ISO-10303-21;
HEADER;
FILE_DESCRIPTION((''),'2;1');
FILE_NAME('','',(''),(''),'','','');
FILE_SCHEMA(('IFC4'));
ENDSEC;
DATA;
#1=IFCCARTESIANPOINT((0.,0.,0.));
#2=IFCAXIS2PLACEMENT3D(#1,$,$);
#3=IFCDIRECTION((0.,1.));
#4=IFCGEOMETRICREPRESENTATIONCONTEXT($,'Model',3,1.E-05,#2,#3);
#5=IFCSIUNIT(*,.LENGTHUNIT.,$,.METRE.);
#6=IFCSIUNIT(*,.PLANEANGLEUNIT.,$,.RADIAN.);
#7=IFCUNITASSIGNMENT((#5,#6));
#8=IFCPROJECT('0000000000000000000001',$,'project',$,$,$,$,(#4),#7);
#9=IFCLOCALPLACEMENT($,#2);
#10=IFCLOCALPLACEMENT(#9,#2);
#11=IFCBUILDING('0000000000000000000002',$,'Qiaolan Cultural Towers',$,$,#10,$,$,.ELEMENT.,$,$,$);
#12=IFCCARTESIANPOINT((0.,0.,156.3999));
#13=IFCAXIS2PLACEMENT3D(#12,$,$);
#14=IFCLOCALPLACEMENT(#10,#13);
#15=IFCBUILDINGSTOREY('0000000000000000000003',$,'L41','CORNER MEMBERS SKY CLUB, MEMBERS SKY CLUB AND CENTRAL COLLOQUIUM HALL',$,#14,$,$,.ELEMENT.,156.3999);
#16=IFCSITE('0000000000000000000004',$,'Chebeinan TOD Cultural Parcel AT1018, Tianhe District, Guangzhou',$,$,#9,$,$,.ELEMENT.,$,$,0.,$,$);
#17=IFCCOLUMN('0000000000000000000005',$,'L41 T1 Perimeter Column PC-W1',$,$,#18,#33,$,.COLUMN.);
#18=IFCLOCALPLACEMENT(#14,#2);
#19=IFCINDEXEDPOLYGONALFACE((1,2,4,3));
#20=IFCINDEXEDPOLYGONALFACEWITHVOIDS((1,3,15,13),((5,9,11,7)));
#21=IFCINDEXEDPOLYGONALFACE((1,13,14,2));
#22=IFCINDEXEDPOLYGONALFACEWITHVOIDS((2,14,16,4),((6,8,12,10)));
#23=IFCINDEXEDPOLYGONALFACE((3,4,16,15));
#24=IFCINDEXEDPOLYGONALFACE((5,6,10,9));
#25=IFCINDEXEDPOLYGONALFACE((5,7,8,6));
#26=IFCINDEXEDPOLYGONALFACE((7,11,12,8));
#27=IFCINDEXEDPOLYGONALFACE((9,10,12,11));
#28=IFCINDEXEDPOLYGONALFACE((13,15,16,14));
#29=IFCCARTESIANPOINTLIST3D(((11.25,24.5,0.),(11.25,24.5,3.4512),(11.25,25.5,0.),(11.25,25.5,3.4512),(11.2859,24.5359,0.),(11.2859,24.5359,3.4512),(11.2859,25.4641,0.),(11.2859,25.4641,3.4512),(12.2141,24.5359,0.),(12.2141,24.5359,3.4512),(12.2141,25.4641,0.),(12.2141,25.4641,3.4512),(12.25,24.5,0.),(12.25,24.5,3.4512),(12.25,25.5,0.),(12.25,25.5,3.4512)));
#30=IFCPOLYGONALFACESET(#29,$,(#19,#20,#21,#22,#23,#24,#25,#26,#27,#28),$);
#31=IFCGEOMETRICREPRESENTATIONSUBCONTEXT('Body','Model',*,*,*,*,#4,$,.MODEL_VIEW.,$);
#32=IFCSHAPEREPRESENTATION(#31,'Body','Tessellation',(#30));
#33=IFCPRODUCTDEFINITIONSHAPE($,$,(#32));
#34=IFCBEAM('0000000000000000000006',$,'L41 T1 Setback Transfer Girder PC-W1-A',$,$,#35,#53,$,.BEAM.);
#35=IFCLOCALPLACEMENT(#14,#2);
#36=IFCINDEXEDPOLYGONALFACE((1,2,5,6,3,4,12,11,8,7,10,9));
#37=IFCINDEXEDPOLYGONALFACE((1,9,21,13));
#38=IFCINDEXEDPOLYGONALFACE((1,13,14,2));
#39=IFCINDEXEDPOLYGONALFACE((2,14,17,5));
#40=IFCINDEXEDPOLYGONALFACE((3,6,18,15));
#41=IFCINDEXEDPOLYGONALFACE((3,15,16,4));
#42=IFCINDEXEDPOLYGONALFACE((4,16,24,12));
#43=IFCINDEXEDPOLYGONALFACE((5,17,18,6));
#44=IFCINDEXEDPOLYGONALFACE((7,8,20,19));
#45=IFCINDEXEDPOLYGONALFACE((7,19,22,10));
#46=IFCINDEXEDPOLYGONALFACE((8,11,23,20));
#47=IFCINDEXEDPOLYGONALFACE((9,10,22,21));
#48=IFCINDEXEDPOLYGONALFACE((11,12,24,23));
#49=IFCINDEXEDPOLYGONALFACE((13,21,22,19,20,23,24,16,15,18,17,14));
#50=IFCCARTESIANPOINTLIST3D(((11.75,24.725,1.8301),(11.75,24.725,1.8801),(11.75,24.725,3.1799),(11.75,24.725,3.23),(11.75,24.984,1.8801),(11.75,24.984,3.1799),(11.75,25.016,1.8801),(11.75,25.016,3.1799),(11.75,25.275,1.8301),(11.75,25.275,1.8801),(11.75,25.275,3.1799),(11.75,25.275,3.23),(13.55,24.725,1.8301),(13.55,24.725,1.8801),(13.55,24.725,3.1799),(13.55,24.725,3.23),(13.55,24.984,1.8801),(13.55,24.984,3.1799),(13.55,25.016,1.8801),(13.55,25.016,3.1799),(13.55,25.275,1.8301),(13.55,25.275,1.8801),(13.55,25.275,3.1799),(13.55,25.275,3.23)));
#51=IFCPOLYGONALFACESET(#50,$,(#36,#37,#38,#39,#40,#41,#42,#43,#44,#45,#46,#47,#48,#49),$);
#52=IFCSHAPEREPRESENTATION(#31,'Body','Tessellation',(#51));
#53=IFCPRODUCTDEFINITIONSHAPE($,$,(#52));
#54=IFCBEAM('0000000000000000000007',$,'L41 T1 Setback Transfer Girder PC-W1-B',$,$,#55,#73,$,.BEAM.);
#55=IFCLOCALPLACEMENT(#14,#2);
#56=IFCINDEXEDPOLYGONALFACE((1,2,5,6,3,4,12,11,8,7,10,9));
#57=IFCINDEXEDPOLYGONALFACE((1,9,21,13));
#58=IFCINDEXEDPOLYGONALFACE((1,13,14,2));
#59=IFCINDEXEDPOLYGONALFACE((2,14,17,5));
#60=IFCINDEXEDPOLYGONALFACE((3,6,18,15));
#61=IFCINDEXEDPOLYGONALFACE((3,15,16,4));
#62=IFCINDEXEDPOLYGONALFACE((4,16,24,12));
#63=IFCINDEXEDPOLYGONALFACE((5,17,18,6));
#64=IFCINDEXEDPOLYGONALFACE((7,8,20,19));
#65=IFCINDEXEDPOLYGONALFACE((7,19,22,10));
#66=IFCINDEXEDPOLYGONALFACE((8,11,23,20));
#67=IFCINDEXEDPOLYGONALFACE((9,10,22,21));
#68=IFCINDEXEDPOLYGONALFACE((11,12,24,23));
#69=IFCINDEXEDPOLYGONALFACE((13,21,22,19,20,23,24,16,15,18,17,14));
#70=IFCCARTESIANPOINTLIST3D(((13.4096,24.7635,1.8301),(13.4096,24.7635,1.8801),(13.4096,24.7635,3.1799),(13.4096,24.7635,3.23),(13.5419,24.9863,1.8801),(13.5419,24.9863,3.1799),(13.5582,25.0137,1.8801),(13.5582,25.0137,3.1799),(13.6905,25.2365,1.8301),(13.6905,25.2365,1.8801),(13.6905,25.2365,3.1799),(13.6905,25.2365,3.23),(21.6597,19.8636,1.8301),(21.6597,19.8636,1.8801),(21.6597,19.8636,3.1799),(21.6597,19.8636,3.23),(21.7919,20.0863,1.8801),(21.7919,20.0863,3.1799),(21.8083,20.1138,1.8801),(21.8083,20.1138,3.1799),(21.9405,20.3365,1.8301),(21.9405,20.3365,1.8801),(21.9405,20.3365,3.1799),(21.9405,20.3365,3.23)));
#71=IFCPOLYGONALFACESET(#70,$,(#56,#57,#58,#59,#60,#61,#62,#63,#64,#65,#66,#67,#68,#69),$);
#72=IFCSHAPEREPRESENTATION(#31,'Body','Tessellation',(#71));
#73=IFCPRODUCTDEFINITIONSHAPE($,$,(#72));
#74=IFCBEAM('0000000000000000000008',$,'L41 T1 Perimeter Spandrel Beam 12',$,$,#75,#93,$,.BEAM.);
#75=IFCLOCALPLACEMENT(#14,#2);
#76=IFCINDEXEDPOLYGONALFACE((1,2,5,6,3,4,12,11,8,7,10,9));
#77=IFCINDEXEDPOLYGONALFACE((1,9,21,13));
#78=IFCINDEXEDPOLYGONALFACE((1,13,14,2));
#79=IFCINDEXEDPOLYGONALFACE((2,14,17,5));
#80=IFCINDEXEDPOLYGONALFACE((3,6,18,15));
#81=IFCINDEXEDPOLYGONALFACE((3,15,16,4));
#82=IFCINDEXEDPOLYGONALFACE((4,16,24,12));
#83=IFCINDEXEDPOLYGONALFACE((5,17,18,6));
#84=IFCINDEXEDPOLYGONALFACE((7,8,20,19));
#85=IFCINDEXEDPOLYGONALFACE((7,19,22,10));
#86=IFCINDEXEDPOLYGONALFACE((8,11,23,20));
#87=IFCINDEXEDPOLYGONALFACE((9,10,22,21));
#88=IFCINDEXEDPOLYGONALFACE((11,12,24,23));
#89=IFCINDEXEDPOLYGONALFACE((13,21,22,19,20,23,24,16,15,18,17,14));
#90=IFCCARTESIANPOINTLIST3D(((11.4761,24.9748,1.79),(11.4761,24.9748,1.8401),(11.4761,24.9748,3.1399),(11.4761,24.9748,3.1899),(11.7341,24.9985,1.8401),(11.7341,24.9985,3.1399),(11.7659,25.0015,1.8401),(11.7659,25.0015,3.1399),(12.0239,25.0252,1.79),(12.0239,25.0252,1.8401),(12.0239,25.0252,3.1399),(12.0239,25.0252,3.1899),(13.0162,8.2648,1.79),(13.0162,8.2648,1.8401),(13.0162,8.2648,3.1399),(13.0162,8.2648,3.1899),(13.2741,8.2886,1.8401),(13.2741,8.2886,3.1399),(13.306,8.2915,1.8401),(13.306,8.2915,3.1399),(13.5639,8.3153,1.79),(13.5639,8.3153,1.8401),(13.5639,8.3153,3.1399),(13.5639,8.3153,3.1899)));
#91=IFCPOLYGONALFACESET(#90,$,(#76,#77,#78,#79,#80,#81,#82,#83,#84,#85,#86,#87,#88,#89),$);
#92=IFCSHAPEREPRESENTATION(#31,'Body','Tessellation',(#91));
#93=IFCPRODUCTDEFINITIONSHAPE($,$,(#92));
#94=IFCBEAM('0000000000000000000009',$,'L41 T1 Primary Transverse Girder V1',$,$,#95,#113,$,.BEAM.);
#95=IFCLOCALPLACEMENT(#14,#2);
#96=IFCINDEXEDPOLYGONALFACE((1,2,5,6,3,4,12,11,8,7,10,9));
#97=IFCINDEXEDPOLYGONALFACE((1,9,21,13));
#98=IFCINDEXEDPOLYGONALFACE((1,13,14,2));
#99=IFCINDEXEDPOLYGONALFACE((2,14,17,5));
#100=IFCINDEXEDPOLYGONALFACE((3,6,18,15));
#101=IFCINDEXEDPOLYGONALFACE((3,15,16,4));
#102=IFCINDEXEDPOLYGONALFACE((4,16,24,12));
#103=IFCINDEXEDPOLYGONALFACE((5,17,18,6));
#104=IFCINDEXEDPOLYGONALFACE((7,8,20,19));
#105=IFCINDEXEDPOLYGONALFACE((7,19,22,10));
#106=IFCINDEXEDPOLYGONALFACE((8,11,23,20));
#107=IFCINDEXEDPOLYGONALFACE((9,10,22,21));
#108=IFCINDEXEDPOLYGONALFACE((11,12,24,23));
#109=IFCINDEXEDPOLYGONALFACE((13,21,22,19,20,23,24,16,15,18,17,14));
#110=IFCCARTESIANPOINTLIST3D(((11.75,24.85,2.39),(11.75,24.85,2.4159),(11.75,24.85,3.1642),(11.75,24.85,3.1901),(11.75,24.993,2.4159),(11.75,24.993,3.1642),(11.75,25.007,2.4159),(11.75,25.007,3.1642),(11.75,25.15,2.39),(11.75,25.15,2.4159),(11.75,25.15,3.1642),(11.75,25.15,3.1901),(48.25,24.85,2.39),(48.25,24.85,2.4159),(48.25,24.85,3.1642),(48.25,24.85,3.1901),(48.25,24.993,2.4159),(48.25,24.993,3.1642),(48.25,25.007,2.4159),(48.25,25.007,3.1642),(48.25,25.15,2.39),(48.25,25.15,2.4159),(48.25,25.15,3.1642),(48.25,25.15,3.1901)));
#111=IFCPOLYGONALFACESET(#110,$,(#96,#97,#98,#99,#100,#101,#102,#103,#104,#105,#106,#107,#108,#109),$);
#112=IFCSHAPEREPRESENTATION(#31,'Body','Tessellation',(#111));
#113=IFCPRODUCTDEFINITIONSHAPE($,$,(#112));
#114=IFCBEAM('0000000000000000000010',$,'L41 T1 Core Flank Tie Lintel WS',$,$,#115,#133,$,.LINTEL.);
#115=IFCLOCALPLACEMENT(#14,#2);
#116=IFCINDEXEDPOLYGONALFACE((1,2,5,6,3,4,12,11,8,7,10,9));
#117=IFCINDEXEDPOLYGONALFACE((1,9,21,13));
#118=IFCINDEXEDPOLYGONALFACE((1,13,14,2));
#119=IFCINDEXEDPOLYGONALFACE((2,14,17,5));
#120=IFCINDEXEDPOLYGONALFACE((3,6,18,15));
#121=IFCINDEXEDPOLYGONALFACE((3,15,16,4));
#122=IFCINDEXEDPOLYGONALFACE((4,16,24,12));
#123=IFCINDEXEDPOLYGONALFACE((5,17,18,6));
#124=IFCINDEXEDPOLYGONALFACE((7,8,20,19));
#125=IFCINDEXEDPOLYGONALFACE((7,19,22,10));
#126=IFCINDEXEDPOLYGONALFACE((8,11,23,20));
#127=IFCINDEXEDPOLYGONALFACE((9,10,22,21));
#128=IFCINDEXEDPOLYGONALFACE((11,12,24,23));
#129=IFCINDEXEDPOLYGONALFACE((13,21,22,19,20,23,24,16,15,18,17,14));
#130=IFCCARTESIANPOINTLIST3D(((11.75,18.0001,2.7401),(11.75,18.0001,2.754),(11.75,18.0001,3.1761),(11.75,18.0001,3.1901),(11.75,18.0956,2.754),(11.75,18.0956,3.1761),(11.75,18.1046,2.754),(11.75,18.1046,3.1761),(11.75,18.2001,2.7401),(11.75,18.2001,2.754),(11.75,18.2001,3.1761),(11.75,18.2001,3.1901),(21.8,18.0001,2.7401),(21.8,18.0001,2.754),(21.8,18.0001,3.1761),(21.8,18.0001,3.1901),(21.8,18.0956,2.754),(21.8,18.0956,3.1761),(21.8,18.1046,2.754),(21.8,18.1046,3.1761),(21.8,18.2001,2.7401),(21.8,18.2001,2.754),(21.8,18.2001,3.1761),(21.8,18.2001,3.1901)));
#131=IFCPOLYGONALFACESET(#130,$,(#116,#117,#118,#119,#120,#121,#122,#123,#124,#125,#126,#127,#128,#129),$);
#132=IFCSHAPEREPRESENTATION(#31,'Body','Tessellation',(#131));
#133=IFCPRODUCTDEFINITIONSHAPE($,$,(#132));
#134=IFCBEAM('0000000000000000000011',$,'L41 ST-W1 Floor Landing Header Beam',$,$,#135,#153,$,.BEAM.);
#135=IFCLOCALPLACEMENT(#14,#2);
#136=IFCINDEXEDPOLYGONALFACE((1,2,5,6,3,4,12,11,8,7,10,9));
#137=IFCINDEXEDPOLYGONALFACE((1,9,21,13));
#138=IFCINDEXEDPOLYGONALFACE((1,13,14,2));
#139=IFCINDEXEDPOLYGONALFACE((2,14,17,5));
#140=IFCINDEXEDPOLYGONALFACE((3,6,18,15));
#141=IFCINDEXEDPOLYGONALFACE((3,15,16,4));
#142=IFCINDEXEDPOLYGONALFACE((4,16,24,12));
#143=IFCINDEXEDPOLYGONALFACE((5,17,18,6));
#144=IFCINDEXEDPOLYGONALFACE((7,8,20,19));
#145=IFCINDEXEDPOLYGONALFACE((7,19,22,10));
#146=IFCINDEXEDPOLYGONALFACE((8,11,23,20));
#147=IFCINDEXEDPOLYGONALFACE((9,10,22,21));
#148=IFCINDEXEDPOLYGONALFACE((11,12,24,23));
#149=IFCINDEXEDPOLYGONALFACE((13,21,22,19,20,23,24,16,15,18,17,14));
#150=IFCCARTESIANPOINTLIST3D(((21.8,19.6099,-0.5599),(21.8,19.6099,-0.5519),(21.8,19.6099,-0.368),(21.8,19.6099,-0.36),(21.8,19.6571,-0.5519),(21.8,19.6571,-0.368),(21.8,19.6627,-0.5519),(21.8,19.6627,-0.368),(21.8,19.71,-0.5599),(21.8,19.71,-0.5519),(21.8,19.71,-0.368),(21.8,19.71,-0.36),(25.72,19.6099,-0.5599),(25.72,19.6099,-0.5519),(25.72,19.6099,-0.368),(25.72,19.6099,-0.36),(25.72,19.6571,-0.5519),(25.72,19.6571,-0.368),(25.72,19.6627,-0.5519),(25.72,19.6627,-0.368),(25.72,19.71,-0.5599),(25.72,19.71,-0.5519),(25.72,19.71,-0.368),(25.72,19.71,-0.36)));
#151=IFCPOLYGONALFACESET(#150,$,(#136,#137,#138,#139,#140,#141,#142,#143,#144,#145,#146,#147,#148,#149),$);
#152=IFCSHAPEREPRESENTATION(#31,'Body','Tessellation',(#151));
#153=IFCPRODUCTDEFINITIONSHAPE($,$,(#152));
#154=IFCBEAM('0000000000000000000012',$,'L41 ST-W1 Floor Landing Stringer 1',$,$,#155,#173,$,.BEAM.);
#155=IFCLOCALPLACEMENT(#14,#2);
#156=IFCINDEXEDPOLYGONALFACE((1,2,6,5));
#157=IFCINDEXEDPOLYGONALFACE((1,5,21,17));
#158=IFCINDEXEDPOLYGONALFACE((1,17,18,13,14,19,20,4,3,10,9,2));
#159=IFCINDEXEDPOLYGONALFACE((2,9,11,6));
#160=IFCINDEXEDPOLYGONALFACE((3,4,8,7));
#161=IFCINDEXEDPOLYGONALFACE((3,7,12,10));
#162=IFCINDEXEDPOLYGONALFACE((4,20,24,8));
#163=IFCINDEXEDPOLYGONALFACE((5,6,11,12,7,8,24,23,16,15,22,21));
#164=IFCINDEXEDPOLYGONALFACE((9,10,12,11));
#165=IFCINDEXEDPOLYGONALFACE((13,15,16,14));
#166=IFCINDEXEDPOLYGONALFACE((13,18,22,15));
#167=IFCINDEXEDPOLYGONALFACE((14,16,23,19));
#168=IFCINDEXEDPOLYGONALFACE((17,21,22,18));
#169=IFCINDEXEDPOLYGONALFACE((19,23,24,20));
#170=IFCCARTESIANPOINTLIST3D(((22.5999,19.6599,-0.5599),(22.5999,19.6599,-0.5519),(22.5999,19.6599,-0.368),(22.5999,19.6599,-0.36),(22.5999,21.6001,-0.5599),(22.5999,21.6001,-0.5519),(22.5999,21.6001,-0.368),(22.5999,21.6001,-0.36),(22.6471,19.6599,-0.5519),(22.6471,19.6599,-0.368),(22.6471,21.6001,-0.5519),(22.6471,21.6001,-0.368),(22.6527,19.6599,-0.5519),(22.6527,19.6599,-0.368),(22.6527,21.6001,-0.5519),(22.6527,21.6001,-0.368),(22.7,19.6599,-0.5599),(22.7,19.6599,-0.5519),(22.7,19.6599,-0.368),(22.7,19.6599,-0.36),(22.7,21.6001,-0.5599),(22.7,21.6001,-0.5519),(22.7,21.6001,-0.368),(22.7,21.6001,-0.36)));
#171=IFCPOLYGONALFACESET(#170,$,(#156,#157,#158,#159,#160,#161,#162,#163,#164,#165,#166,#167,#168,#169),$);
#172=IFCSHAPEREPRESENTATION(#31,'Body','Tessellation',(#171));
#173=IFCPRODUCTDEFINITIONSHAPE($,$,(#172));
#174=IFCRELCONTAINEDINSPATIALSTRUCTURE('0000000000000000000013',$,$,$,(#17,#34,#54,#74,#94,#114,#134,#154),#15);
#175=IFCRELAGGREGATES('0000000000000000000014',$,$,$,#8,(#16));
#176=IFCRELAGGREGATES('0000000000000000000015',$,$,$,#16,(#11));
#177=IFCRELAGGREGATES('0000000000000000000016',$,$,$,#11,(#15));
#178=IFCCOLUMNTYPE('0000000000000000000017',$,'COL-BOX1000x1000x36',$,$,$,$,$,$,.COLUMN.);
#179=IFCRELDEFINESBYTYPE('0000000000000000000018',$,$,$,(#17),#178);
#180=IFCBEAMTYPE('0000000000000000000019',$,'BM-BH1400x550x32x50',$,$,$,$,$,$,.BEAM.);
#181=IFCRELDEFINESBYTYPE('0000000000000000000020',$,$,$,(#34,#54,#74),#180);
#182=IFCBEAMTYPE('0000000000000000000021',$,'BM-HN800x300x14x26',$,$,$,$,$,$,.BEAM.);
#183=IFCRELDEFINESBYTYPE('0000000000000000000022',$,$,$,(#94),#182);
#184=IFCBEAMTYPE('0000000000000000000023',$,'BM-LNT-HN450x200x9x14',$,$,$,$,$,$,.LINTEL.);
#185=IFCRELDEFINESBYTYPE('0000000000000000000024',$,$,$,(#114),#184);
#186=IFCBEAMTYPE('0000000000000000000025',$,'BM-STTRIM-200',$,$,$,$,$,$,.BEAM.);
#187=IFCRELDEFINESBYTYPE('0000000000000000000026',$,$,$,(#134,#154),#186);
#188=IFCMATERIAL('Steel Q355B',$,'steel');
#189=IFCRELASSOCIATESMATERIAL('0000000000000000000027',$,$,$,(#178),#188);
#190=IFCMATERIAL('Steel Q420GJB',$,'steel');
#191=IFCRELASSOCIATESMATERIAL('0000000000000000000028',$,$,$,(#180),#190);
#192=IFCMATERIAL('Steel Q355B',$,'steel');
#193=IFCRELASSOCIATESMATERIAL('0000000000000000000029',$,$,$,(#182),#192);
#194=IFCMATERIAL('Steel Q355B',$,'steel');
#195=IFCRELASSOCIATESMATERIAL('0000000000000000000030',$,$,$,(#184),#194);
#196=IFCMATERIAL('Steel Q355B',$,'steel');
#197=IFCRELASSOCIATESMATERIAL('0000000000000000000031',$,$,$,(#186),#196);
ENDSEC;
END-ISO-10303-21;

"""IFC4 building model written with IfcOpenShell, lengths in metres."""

from ifc_helpers import new_model, si_unit, direction, frame, origin, origin_2d, place, context, subcontext, project, spatial, hollow_rectangle, i_section, extrude, material, material_profile, profile_set, type_object, element, save


model = new_model("IFC4")

# Units and contexts
model_context = context("Model", 3, precision=1e-05, world=origin(), true_north=direction((0.0, 1.0)))
body_context = subcontext(model_context, "Body", "Model", "MODEL_VIEW")
ifc_project = project(units=[si_unit("LENGTHUNIT", "METRE"), si_unit("PLANEANGLEUNIT", "RADIAN")], contexts=[model_context])

# Site, building, storey
site_placement = place(None, origin())
site = spatial("IfcSite", under=ifc_project, at=site_placement, Name="Chebeinan TOD Cultural Parcel AT1018, Tianhe District, Guangzhou", CompositionType="ELEMENT", RefElevation=0.0)
building_placement = place(site_placement, origin())
building = spatial("IfcBuilding", under=site, at=building_placement, Name="Qiaolan Cultural Towers", CompositionType="ELEMENT")
storey_placement = place(building_placement, frame((0.0, 0.0, 156.3999)))
storey = spatial("IfcBuildingStorey", under=building, at=storey_placement, Name="L41", Description="CORNER MEMBERS SKY CLUB, MEMBERS SKY CLUB AND CENTRAL COLLOQUIUM HALL", CompositionType="ELEMENT", Elevation=156.3999)

# Column
ifc_material_1 = material(Name="Steel Q355B", Category="steel")
ifc_material_profile_1 = material_profile(ifc_material_1, hollow_rectangle(XDim=1.0, YDim=1.0, WallThickness=0.0359, at=origin_2d()), Name="BOX1000x1000x36")
ifc_profile_set_1 = profile_set([ifc_material_profile_1], Name="Steel Q355B")
column_type = type_object("IfcColumnType", Name="COL-BOX1000x1000x36", PredefinedType="COLUMN", material=ifc_profile_set_1)
column_placement = place(storey_placement, frame((11.75, 25.0, 0.0), z_axis=(0.0, 0.0, 1.0), x_axis=(1.0, 0.0, 0.0)))
element("IfcColumn", 1, at=column_placement, inside=storey, type_object=column_type, Name="L41 T1 Perimeter Column PC-W1", PredefinedType="COLUMN", context=body_context, shape_type="SweptSolid", body=[
    extrude(hollow_rectangle(XDim=1.0, YDim=1.0, WallThickness=0.0359, at=origin_2d()), origin(), (0.0, 0.0, 1.0), 3.4512),
])

# Beams
ifc_material_2 = material(Name="Steel Q420GJB", Category="steel")
ifc_material_profile_2 = material_profile(ifc_material_2, i_section(OverallWidth=0.55, OverallDepth=1.3999, WebThickness=0.032, FlangeThickness=0.05, at=origin_2d()), Name="BH1400x550x32x50")
ifc_profile_set_2 = profile_set([ifc_material_profile_2], Name="Steel Q420GJB")
beam_type_1 = type_object("IfcBeamType", Name="BM-BH1400x550x32x50", PredefinedType="BEAM", material=ifc_profile_set_2)
beam_1_placement = place(storey_placement, frame((11.75, 25.0, 2.53), z_axis=(1.0, 0.0, 0.0), x_axis=(0.0, 1.0, 0.0)))
element("IfcBeam", 2, at=beam_1_placement, inside=storey, type_object=beam_type_1, Name="L41 T1 Setback Transfer Girder PC-W1-A", PredefinedType="BEAM", context=body_context, shape_type="SweptSolid", body=[
    extrude(i_section(OverallWidth=0.55, OverallDepth=1.3999, WebThickness=0.032, FlangeThickness=0.05, at=origin_2d()), origin(), (0.0, 0.0, 1.0), 1.8),
])
beam_2_placement = place(storey_placement, frame((13.55, 25.0, 2.53), z_axis=(0.859788, -0.510652, 0.0), x_axis=(0.510652, 0.859788, 0.0)))
element("IfcBeam", 3, at=beam_2_placement, inside=storey, type_object=beam_type_1, Name="L41 T1 Setback Transfer Girder PC-W1-B", PredefinedType="BEAM", context=body_context, shape_type="SweptSolid", body=[
    extrude(i_section(OverallWidth=0.55, OverallDepth=1.3999, WebThickness=0.032, FlangeThickness=0.05, at=origin_2d()), origin(), (0.0, 0.0, 1.0), 9.5955),
])
beam_3_placement = place(storey_placement, frame((11.75, 25.0, 2.49), z_axis=(0.091774, -0.99578, 0.0), x_axis=(0.99578, 0.091774, 0.0)))
element("IfcBeam", 4, at=beam_3_placement, inside=storey, type_object=beam_type_1, Name="L41 T1 Perimeter Spandrel Beam 12", PredefinedType="BEAM", context=body_context, shape_type="SweptSolid", body=[
    extrude(i_section(OverallWidth=0.55, OverallDepth=1.3999, WebThickness=0.032, FlangeThickness=0.05, at=origin_2d()), origin(), (0.0, 0.0, 1.0), 16.7808),
])
ifc_material_3 = material(Name="Steel Q355B", Category="steel")
ifc_material_profile_3 = material_profile(ifc_material_3, i_section(OverallWidth=0.3, OverallDepth=0.8, WebThickness=0.0139, FlangeThickness=0.0259, at=origin_2d()), Name="HN800x300x14x26")
ifc_profile_set_3 = profile_set([ifc_material_profile_3], Name="Steel Q355B")
beam_type_2 = type_object("IfcBeamType", Name="BM-HN800x300x14x26", PredefinedType="BEAM", material=ifc_profile_set_3)
beam_4_placement = place(storey_placement, frame((11.75, 25.0, 2.79), z_axis=(1.0, 0.0, 0.0), x_axis=(0.0, 1.0, 0.0)))
element("IfcBeam", 5, at=beam_4_placement, inside=storey, type_object=beam_type_2, Name="L41 T1 Primary Transverse Girder V1", PredefinedType="BEAM", context=body_context, shape_type="SweptSolid", body=[
    extrude(i_section(OverallWidth=0.3, OverallDepth=0.8, WebThickness=0.0139, FlangeThickness=0.0259, at=origin_2d()), origin(), (0.0, 0.0, 1.0), 36.5),
])
ifc_material_4 = material(Name="Steel Q355B", Category="steel")
ifc_material_profile_4 = material_profile(ifc_material_4, i_section(OverallWidth=0.2, OverallDepth=0.45, WebThickness=0.009, FlangeThickness=0.0139, at=origin_2d()), Name="HN450x200x9x14")
ifc_profile_set_4 = profile_set([ifc_material_profile_4], Name="Steel Q355B")
beam_type_3 = type_object("IfcBeamType", Name="BM-LNT-HN450x200x9x14", PredefinedType="LINTEL", material=ifc_profile_set_4)
beam_5_placement = place(storey_placement, frame((21.8, 18.1001, 2.9651), z_axis=(-1.0, 0.0, 0.0), x_axis=(0.0, -1.0, 0.0)))
element("IfcBeam", 6, at=beam_5_placement, inside=storey, type_object=beam_type_3, Name="L41 T1 Core Flank Tie Lintel WS", PredefinedType="LINTEL", context=body_context, shape_type="SweptSolid", body=[
    extrude(i_section(OverallWidth=0.2, OverallDepth=0.45, WebThickness=0.009, FlangeThickness=0.0139, at=origin_2d()), origin(), (0.0, 0.0, 1.0), 10.05),
])
ifc_material_5 = material(Name="Steel Q355B", Category="steel")
ifc_material_profile_5 = material_profile(ifc_material_5, i_section(OverallWidth=0.1001, OverallDepth=0.2, WebThickness=0.0056, FlangeThickness=0.0081, at=origin_2d()), Name="HN200x100x5.5x8")
ifc_profile_set_5 = profile_set([ifc_material_profile_5], Name="Steel Q355B")
beam_type_4 = type_object("IfcBeamType", Name="BM-STTRIM-200", PredefinedType="BEAM", material=ifc_profile_set_5)
beam_6_placement = place(storey_placement, frame((21.8, 19.6599, -0.46), z_axis=(1.0, 0.0, 0.0), x_axis=(0.0, 1.0, 0.0)))
element("IfcBeam", 7, at=beam_6_placement, inside=storey, type_object=beam_type_4, Name="L41 ST-W1 Floor Landing Header Beam", PredefinedType="BEAM", context=body_context, shape_type="SweptSolid", body=[
    extrude(i_section(OverallWidth=0.1001, OverallDepth=0.2, WebThickness=0.0056, FlangeThickness=0.0081, at=origin_2d()), origin(), (0.0, 0.0, 1.0), 3.9199),
])
beam_7_placement = place(storey_placement, frame((22.6499, 21.6001, -0.46), z_axis=(0.0, -1.0, 0.0), x_axis=(1.0, 0.0, 0.0)))
element("IfcBeam", 8, at=beam_7_placement, inside=storey, type_object=beam_type_4, Name="L41 ST-W1 Floor Landing Stringer 1", PredefinedType="BEAM", context=body_context, shape_type="SweptSolid", body=[
    extrude(i_section(OverallWidth=0.1001, OverallDepth=0.2, WebThickness=0.0056, FlangeThickness=0.0081, at=origin_2d()), origin(), (0.0, 0.0, 1.0), 1.9402),
])

save(model, "model.ifc")
